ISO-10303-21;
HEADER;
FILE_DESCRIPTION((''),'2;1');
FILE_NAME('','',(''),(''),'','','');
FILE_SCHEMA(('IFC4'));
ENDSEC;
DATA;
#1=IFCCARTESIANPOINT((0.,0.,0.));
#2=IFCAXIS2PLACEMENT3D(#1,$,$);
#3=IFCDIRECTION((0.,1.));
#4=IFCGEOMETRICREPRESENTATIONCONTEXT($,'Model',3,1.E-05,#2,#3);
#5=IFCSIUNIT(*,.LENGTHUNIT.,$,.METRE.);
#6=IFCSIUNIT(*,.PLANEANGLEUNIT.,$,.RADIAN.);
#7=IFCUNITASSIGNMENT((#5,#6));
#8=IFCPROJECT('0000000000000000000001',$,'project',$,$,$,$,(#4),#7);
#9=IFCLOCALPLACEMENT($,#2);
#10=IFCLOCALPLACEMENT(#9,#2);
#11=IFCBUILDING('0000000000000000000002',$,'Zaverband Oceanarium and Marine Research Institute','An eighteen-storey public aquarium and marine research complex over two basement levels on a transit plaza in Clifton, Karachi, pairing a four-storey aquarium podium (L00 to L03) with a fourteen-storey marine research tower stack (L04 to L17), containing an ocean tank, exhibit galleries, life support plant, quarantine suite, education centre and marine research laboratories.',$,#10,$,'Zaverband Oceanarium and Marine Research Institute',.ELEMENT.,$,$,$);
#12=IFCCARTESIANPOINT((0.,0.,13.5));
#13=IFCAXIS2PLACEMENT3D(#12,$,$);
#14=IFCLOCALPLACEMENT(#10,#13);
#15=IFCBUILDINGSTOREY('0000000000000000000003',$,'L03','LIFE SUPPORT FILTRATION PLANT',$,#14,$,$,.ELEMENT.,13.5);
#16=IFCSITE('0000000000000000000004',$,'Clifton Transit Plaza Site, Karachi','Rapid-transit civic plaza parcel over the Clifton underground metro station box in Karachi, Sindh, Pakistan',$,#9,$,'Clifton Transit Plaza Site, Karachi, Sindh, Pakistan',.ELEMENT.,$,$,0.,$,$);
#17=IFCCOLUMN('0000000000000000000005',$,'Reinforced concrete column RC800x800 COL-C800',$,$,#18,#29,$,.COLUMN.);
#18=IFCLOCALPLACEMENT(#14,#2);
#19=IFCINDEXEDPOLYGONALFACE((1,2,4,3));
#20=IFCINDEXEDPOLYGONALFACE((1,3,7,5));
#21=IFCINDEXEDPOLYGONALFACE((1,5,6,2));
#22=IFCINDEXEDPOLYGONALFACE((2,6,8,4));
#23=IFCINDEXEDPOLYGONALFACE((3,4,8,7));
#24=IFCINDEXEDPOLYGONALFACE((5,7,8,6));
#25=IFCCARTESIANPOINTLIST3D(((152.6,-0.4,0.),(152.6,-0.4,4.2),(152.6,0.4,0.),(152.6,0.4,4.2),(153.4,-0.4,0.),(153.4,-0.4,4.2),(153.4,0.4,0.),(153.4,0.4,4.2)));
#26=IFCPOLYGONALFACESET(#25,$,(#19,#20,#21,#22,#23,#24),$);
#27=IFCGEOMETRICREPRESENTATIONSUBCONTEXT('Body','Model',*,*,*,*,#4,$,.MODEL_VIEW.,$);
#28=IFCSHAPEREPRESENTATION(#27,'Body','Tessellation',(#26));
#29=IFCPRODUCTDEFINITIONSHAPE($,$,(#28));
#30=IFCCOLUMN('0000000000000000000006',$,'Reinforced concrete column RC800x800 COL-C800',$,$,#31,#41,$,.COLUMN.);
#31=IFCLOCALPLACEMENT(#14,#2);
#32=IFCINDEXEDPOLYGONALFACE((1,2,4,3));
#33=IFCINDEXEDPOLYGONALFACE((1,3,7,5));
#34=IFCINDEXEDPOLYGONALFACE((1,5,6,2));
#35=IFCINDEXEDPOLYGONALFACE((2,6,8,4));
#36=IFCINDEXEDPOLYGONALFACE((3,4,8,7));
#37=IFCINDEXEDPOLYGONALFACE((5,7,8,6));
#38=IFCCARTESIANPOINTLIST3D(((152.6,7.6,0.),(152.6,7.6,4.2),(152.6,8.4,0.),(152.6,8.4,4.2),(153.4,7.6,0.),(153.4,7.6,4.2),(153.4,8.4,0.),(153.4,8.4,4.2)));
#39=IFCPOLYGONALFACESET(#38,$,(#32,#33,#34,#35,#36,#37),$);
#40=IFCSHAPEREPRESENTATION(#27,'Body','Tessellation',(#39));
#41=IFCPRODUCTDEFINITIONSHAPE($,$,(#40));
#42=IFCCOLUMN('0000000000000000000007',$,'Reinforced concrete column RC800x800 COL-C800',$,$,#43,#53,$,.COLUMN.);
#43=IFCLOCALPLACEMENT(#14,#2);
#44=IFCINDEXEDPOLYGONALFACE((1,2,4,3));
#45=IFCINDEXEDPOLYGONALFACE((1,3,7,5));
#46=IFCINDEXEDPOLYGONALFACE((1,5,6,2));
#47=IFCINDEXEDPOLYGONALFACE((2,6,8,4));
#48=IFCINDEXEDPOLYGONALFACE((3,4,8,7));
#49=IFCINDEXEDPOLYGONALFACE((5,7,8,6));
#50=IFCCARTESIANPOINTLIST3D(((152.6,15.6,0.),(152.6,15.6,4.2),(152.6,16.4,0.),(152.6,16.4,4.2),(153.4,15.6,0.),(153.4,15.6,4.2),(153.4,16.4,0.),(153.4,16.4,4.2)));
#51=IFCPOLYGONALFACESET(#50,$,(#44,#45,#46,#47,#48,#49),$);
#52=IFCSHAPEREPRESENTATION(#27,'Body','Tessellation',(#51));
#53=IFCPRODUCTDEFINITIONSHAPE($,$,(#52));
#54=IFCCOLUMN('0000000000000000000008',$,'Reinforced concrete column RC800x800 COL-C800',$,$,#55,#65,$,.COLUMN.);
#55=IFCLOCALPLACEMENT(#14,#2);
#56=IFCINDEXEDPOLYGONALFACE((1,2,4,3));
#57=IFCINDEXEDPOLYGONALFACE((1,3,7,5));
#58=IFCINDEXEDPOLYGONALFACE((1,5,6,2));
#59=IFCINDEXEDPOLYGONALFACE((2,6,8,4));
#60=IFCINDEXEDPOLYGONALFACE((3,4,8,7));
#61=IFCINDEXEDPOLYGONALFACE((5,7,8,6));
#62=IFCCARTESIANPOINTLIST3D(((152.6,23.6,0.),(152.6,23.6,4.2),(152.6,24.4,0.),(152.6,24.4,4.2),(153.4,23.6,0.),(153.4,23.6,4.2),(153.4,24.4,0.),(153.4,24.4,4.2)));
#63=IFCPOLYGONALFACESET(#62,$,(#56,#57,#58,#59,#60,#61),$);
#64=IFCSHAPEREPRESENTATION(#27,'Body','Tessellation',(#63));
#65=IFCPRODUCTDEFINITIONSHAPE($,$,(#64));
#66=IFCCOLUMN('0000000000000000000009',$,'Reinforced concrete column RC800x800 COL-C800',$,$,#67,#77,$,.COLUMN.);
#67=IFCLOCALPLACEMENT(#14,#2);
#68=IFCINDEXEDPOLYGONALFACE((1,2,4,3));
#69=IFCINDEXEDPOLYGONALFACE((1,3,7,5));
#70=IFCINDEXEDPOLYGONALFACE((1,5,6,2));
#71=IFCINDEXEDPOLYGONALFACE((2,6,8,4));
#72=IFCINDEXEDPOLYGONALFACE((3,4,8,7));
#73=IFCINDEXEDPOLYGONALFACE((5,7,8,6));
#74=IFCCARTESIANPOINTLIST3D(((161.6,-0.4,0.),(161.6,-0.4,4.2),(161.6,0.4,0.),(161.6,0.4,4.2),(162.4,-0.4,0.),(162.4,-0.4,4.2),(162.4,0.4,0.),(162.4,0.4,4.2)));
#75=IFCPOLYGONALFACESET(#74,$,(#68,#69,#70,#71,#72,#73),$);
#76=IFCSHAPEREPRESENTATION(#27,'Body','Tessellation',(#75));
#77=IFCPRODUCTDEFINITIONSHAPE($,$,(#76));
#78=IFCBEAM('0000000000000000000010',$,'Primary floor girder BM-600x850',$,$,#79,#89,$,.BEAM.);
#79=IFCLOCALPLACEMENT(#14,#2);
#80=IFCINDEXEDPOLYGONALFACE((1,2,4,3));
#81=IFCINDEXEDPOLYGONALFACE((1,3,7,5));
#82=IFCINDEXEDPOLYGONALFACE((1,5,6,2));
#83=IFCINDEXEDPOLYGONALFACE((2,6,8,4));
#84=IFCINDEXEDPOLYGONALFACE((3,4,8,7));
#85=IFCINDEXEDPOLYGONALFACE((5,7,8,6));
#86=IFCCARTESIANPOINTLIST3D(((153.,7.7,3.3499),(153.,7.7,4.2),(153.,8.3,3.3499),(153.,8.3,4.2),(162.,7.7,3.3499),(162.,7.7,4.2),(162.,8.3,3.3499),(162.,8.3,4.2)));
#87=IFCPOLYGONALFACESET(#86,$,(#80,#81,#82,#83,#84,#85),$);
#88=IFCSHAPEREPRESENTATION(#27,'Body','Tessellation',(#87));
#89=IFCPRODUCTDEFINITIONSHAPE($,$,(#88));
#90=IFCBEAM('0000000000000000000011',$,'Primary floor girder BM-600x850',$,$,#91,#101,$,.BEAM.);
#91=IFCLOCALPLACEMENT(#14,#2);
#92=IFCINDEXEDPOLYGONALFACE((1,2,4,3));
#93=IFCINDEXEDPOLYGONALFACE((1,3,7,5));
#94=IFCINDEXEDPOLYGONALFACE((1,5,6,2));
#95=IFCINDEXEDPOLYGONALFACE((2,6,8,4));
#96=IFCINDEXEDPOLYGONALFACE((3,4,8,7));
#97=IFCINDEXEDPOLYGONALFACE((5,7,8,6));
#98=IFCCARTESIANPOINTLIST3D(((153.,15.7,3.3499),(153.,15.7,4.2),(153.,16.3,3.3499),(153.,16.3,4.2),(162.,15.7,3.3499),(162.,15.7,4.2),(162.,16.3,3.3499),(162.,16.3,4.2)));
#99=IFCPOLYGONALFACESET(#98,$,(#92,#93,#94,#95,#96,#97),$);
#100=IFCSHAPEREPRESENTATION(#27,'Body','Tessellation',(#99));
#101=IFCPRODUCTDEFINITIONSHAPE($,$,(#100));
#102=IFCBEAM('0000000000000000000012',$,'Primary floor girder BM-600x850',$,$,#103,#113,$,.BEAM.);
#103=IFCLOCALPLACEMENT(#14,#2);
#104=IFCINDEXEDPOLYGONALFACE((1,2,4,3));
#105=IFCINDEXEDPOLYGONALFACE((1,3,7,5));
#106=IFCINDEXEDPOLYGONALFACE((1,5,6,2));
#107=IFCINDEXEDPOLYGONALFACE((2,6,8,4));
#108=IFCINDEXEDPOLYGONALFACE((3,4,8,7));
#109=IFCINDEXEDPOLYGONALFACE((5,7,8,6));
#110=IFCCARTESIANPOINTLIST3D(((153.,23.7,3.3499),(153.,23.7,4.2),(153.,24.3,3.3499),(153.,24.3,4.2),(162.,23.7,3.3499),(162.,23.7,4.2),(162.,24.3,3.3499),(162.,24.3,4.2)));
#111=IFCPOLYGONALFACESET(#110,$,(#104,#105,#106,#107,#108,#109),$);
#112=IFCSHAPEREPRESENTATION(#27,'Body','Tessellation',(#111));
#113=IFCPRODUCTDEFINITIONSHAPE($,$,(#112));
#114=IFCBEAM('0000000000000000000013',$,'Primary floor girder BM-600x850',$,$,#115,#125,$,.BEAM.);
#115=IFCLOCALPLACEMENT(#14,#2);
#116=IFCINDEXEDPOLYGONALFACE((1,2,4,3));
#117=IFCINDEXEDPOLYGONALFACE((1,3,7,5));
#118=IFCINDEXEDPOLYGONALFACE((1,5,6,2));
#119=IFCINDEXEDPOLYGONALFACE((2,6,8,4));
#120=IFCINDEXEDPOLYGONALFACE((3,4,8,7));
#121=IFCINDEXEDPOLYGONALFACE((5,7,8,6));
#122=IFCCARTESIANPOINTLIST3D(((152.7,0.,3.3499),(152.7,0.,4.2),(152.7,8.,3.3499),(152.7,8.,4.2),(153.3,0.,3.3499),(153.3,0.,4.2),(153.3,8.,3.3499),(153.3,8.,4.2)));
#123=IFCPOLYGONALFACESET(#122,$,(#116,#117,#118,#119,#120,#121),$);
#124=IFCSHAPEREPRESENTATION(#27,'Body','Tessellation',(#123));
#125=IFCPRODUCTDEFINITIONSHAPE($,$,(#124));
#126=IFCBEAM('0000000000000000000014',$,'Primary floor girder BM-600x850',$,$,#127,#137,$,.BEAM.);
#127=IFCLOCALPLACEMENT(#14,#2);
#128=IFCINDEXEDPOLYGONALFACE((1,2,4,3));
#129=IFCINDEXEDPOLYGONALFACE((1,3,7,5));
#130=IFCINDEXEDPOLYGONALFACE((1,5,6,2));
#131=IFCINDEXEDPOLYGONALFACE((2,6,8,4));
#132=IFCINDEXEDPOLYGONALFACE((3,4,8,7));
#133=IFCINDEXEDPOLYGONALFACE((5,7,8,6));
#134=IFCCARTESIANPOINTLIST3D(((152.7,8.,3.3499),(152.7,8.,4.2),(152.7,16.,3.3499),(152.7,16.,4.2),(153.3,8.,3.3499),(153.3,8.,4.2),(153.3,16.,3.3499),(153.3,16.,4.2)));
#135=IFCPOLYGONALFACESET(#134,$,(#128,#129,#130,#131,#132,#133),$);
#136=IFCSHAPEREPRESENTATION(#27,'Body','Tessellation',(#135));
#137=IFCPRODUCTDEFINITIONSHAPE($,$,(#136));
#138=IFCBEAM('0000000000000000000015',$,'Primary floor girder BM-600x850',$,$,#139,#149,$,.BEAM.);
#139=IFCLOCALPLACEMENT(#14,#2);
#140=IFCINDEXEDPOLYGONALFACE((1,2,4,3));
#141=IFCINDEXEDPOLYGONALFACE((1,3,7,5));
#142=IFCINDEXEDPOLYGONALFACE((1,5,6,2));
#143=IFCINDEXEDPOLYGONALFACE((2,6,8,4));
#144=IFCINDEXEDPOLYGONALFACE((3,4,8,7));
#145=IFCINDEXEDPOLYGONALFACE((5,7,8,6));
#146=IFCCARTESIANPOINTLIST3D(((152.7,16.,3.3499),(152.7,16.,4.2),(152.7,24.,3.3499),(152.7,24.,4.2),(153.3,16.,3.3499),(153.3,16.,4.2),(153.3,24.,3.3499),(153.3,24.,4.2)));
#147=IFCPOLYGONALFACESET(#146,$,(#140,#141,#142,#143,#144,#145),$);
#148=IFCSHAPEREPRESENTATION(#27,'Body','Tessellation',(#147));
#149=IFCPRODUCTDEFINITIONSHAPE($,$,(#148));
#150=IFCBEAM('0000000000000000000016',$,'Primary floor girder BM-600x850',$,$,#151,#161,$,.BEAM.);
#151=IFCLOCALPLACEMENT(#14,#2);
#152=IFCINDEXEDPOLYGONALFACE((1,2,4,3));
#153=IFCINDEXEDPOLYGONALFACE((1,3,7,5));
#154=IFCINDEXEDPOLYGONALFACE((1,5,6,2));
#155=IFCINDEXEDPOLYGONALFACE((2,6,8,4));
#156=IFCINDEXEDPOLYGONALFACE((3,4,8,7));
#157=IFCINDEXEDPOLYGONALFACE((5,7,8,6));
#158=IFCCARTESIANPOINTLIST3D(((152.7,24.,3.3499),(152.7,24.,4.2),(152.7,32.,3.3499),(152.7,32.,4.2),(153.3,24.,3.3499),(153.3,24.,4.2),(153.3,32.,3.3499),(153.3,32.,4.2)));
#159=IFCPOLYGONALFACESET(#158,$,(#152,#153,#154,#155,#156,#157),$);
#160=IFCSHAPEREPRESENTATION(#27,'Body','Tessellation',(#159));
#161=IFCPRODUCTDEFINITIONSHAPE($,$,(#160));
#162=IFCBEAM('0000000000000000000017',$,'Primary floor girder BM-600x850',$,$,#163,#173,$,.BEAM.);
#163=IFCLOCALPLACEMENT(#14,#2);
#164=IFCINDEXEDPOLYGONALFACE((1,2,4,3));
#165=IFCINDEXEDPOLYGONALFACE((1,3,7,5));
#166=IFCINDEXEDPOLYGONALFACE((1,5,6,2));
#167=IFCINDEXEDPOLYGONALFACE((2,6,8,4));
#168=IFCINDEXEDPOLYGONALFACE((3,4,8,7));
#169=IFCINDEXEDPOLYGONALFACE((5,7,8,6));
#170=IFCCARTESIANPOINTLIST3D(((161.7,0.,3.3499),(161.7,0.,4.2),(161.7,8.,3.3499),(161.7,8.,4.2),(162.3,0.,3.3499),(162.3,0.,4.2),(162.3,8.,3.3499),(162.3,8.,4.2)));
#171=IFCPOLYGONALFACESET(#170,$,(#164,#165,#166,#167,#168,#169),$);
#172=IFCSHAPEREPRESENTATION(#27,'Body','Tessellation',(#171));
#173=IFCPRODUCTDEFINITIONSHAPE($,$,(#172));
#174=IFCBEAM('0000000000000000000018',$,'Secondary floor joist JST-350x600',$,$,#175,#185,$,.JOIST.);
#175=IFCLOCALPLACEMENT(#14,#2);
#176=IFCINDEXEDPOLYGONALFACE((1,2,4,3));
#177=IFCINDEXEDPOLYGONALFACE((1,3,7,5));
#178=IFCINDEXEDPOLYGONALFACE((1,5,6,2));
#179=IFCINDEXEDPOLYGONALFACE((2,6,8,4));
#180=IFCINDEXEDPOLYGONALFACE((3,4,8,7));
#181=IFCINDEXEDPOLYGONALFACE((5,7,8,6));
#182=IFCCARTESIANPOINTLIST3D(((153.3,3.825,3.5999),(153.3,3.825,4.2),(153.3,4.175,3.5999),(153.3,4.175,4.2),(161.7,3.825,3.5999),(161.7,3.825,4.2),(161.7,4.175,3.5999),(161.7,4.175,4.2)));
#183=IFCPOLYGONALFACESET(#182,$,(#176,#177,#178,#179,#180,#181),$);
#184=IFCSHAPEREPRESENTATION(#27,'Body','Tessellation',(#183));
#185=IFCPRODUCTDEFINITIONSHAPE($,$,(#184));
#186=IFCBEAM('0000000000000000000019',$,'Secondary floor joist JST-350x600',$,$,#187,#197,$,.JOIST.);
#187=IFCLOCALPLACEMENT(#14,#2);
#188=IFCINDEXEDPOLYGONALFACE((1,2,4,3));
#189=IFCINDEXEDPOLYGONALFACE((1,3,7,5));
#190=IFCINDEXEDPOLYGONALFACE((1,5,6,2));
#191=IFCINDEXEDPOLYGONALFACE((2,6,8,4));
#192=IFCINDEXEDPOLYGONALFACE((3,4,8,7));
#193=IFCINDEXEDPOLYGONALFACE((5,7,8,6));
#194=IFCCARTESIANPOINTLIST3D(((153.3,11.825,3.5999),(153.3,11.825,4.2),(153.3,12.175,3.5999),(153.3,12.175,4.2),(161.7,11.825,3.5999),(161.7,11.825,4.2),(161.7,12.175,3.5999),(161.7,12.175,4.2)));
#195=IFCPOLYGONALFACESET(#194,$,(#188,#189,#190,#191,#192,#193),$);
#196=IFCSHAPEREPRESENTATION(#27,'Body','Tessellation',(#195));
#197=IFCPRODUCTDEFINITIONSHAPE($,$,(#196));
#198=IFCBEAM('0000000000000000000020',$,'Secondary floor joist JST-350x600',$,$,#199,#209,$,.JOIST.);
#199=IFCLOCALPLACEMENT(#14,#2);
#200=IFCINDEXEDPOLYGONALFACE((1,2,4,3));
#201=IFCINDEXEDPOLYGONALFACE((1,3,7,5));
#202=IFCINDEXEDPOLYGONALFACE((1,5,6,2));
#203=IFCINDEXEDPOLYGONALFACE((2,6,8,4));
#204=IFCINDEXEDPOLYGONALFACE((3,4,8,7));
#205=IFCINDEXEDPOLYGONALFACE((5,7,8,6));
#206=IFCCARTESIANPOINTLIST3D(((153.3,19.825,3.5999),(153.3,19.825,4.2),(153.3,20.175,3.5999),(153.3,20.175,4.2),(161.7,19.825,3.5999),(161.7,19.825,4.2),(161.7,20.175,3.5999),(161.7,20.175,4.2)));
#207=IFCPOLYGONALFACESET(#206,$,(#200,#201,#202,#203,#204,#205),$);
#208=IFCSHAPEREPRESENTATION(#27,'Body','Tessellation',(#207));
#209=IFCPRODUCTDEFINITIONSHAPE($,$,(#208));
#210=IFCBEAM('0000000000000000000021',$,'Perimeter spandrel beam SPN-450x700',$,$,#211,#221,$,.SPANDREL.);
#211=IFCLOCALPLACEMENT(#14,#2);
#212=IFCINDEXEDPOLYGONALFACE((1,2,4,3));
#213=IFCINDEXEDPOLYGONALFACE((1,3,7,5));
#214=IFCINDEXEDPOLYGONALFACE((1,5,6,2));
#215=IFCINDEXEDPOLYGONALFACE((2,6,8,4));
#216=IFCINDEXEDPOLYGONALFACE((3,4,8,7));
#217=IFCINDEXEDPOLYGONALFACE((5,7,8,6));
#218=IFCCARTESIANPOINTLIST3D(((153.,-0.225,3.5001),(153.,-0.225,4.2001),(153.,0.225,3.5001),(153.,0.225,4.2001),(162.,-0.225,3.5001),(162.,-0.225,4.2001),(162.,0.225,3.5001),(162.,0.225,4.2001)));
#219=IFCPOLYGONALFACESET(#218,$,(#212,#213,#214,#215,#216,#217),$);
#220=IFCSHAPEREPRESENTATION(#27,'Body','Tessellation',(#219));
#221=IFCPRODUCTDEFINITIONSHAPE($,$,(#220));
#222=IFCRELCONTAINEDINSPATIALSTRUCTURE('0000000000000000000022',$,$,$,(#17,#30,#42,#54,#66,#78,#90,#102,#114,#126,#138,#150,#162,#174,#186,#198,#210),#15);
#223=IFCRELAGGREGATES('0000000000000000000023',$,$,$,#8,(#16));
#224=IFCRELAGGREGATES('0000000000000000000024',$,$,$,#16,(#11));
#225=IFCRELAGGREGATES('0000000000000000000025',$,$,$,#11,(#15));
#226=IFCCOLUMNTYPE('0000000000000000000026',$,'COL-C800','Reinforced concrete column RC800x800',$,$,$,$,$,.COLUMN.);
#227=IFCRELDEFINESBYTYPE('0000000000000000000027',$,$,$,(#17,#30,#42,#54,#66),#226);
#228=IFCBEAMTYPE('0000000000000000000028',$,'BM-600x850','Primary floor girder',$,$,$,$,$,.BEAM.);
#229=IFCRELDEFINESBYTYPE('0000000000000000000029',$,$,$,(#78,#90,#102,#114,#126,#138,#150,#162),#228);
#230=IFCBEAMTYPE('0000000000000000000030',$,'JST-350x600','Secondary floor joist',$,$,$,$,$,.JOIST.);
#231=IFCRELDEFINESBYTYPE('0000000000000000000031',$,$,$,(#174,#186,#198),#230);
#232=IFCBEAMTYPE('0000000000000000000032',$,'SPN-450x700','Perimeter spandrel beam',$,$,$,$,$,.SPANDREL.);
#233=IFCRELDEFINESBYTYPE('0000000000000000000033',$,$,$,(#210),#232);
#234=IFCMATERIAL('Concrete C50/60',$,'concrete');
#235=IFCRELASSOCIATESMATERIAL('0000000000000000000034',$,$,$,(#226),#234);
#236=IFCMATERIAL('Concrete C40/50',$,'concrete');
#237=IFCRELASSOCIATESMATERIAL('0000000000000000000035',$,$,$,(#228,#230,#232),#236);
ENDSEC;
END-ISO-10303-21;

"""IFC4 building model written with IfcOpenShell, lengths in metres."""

from ifc_helpers import new_model, si_unit, direction, frame, origin, origin_2d, place, context, subcontext, project, spatial, rectangle, extrude, material, material_profile, profile_set, type_object, element, save


model = new_model("IFC4")

# Units and contexts
model_context = context("Model", 3, precision=1e-05, world=origin(), true_north=direction((0.0, 1.0)))
body_context = subcontext(model_context, "Body", "Model", "MODEL_VIEW")
ifc_project = project(units=[si_unit("LENGTHUNIT", "METRE"), si_unit("PLANEANGLEUNIT", "RADIAN")], contexts=[model_context])

# Site, building, storey
site_placement = place(None, origin())
site = spatial("IfcSite", under=ifc_project, at=site_placement, Name="Clifton Transit Plaza Site, Karachi", Description="Rapid-transit civic plaza parcel over the Clifton underground metro station box in Karachi, Sindh, Pakistan", LongName="Clifton Transit Plaza Site, Karachi, Sindh, Pakistan", CompositionType="ELEMENT", RefElevation=0.0)
building_placement = place(site_placement, origin())
building = spatial("IfcBuilding", under=site, at=building_placement, Name="Zaverband Oceanarium and Marine Research Institute", Description="An eighteen-storey public aquarium and marine research complex over two basement levels on a transit plaza in Clifton, Karachi, pairing a four-storey aquarium podium (L00 to L03) with a fourteen-storey marine research tower stack (L04 to L17), containing an ocean tank, exhibit galleries, life support plant, quarantine suite, education centre and marine research laboratories.", LongName="Zaverband Oceanarium and Marine Research Institute", CompositionType="ELEMENT")
storey_placement = place(building_placement, frame((0.0, 0.0, 13.5)))
storey = spatial("IfcBuildingStorey", under=building, at=storey_placement, Name="L03", Description="LIFE SUPPORT FILTRATION PLANT", CompositionType="ELEMENT", Elevation=13.5)

# Columns
ifc_material_1 = material(Name="Concrete C50/60", Category="concrete")
ifc_material_profile_1 = material_profile(ifc_material_1, rectangle(XDim=0.8, YDim=0.8, at=origin_2d()), Name="RC800x800")
ifc_profile_set_1 = profile_set([ifc_material_profile_1], Name="Concrete C50/60")
column_type = type_object("IfcColumnType", Name="COL-C800", Description="Reinforced concrete column RC800x800", PredefinedType="COLUMN", material=ifc_profile_set_1)
for number, where, z_axis, x_axis, name in (
    (1, (153.0, 0.0, 0.0), (0.0, 0.0, 1.0), (1.0, 0.0, 0.0), "Reinforced concrete column RC800x800 COL-C800"),
    (2, (153.0, 8.0, 0.0), (0.0, 0.0, 1.0), (1.0, 0.0, 0.0), "Reinforced concrete column RC800x800 COL-C800"),
    (3, (153.0, 16.0, 0.0), (0.0, 0.0, 1.0), (1.0, 0.0, 0.0), "Reinforced concrete column RC800x800 COL-C800"),
    (4, (153.0, 24.0, 0.0), (0.0, 0.0, 1.0), (1.0, 0.0, 0.0), "Reinforced concrete column RC800x800 COL-C800"),
    (5, (162.0, 0.0, 0.0), (0.0, 0.0, 1.0), (1.0, 0.0, 0.0), "Reinforced concrete column RC800x800 COL-C800"),
):
    element("IfcColumn", number, at=place(storey_placement, frame(where, z_axis=z_axis, x_axis=x_axis)), inside=storey, type_object=column_type, Name=name, PredefinedType="COLUMN", context=body_context, shape_type="SweptSolid", body=[
        extrude(rectangle(XDim=0.8, YDim=0.8, at=origin_2d()), origin(), (0.0, 0.0, 1.0), 4.2),
    ])

# Beams
ifc_material_2 = material(Name="Concrete C40/50", Category="concrete")
ifc_material_profile_2 = material_profile(ifc_material_2, rectangle(XDim=0.6001, YDim=0.8501, at=origin_2d()), Name="RC600x850")
ifc_profile_set_2 = profile_set([ifc_material_profile_2], Name="Concrete C40/50")
beam_type_1 = type_object("IfcBeamType", Name="BM-600x850", Description="Primary floor girder", PredefinedType="BEAM", material=ifc_profile_set_2)
for number, where, z_axis, x_axis, name in (
    (6, (153.0, 8.0, 3.7749), (1.0, 0.0, 0.0), (0.0, 1.0, 0.0), "Primary floor girder BM-600x850"),
    (7, (153.0, 16.0, 3.7749), (1.0, 0.0, 0.0), (0.0, 1.0, 0.0), "Primary floor girder BM-600x850"),
    (8, (153.0, 24.0, 3.7749), (1.0, 0.0, 0.0), (0.0, 1.0, 0.0), "Primary floor girder BM-600x850"),
):
    element("IfcBeam", number, at=place(storey_placement, frame(where, z_axis=z_axis, x_axis=x_axis)), inside=storey, type_object=beam_type_1, Name=name, PredefinedType="BEAM", context=body_context, shape_type="SweptSolid", body=[
        extrude(rectangle(XDim=0.6001, YDim=0.8501, at=origin_2d()), origin(), (0.0, 0.0, 1.0), 9.0),
    ])
for number, where, z_axis, x_axis, name in (
    (9, (153.0, 0.0, 3.7749), (0.0, 1.0, 0.0), (-1.0, 0.0, 0.0), "Primary floor girder BM-600x850"),
    (10, (153.0, 8.0, 3.7749), (0.0, 1.0, 0.0), (-1.0, 0.0, 0.0), "Primary floor girder BM-600x850"),
    (11, (153.0, 16.0, 3.7749), (0.0, 1.0, 0.0), (-1.0, 0.0, 0.0), "Primary floor girder BM-600x850"),
    (12, (153.0, 24.0, 3.7749), (0.0, 1.0, 0.0), (-1.0, 0.0, 0.0), "Primary floor girder BM-600x850"),
    (13, (162.0, 0.0, 3.7749), (0.0, 1.0, 0.0), (-1.0, 0.0, 0.0), "Primary floor girder BM-600x850"),
):
    element("IfcBeam", number, at=place(storey_placement, frame(where, z_axis=z_axis, x_axis=x_axis)), inside=storey, type_object=beam_type_1, Name=name, PredefinedType="BEAM", context=body_context, shape_type="SweptSolid", body=[
        extrude(rectangle(XDim=0.6001, YDim=0.8501, at=origin_2d()), origin(), (0.0, 0.0, 1.0), 8.0),
    ])
ifc_material_profile_3 = material_profile(ifc_material_2, rectangle(XDim=0.3501, YDim=0.6001, at=origin_2d()), Name="RC350x600")
ifc_profile_set_3 = profile_set([ifc_material_profile_3], Name="Concrete C40/50")
beam_type_2 = type_object("IfcBeamType", Name="JST-350x600", Description="Secondary floor joist", PredefinedType="JOIST", material=ifc_profile_set_3)
for number, where, z_axis, x_axis, name in (
    (14, (153.3, 4.0, 3.8999), (1.0, 0.0, 0.0), (0.0, 1.0, 0.0), "Secondary floor joist JST-350x600"),
    (15, (153.3, 12.0, 3.8999), (1.0, 0.0, 0.0), (0.0, 1.0, 0.0), "Secondary floor joist JST-350x600"),
    (16, (153.3, 20.0, 3.8999), (1.0, 0.0, 0.0), (0.0, 1.0, 0.0), "Secondary floor joist JST-350x600"),
):
    element("IfcBeam", number, at=place(storey_placement, frame(where, z_axis=z_axis, x_axis=x_axis)), inside=storey, type_object=beam_type_2, Name=name, PredefinedType="JOIST", context=body_context, shape_type="SweptSolid", body=[
        extrude(rectangle(XDim=0.3501, YDim=0.6001, at=origin_2d()), origin(), (0.0, 0.0, 1.0), 8.3999),
    ])
ifc_material_profile_4 = material_profile(ifc_material_2, rectangle(XDim=0.45, YDim=0.7, at=origin_2d()), Name="RC450x700")
ifc_profile_set_4 = profile_set([ifc_material_profile_4], Name="Concrete C40/50")
beam_type_3 = type_object("IfcBeamType", Name="SPN-450x700", Description="Perimeter spandrel beam", PredefinedType="SPANDREL", material=ifc_profile_set_4)
for number, where, z_axis, x_axis, name in (
    (17, (153.0, 0.0, 3.8501), (1.0, 0.0, 0.0), (0.0, 1.0, 0.0), "Perimeter spandrel beam SPN-450x700"),
):
    element("IfcBeam", number, at=place(storey_placement, frame(where, z_axis=z_axis, x_axis=x_axis)), inside=storey, type_object=beam_type_3, Name=name, PredefinedType="SPANDREL", context=body_context, shape_type="SweptSolid", body=[
        extrude(rectangle(XDim=0.45, YDim=0.7, at=origin_2d()), origin(), (0.0, 0.0, 1.0), 9.0),
    ])

save(model, "model.ifc")
